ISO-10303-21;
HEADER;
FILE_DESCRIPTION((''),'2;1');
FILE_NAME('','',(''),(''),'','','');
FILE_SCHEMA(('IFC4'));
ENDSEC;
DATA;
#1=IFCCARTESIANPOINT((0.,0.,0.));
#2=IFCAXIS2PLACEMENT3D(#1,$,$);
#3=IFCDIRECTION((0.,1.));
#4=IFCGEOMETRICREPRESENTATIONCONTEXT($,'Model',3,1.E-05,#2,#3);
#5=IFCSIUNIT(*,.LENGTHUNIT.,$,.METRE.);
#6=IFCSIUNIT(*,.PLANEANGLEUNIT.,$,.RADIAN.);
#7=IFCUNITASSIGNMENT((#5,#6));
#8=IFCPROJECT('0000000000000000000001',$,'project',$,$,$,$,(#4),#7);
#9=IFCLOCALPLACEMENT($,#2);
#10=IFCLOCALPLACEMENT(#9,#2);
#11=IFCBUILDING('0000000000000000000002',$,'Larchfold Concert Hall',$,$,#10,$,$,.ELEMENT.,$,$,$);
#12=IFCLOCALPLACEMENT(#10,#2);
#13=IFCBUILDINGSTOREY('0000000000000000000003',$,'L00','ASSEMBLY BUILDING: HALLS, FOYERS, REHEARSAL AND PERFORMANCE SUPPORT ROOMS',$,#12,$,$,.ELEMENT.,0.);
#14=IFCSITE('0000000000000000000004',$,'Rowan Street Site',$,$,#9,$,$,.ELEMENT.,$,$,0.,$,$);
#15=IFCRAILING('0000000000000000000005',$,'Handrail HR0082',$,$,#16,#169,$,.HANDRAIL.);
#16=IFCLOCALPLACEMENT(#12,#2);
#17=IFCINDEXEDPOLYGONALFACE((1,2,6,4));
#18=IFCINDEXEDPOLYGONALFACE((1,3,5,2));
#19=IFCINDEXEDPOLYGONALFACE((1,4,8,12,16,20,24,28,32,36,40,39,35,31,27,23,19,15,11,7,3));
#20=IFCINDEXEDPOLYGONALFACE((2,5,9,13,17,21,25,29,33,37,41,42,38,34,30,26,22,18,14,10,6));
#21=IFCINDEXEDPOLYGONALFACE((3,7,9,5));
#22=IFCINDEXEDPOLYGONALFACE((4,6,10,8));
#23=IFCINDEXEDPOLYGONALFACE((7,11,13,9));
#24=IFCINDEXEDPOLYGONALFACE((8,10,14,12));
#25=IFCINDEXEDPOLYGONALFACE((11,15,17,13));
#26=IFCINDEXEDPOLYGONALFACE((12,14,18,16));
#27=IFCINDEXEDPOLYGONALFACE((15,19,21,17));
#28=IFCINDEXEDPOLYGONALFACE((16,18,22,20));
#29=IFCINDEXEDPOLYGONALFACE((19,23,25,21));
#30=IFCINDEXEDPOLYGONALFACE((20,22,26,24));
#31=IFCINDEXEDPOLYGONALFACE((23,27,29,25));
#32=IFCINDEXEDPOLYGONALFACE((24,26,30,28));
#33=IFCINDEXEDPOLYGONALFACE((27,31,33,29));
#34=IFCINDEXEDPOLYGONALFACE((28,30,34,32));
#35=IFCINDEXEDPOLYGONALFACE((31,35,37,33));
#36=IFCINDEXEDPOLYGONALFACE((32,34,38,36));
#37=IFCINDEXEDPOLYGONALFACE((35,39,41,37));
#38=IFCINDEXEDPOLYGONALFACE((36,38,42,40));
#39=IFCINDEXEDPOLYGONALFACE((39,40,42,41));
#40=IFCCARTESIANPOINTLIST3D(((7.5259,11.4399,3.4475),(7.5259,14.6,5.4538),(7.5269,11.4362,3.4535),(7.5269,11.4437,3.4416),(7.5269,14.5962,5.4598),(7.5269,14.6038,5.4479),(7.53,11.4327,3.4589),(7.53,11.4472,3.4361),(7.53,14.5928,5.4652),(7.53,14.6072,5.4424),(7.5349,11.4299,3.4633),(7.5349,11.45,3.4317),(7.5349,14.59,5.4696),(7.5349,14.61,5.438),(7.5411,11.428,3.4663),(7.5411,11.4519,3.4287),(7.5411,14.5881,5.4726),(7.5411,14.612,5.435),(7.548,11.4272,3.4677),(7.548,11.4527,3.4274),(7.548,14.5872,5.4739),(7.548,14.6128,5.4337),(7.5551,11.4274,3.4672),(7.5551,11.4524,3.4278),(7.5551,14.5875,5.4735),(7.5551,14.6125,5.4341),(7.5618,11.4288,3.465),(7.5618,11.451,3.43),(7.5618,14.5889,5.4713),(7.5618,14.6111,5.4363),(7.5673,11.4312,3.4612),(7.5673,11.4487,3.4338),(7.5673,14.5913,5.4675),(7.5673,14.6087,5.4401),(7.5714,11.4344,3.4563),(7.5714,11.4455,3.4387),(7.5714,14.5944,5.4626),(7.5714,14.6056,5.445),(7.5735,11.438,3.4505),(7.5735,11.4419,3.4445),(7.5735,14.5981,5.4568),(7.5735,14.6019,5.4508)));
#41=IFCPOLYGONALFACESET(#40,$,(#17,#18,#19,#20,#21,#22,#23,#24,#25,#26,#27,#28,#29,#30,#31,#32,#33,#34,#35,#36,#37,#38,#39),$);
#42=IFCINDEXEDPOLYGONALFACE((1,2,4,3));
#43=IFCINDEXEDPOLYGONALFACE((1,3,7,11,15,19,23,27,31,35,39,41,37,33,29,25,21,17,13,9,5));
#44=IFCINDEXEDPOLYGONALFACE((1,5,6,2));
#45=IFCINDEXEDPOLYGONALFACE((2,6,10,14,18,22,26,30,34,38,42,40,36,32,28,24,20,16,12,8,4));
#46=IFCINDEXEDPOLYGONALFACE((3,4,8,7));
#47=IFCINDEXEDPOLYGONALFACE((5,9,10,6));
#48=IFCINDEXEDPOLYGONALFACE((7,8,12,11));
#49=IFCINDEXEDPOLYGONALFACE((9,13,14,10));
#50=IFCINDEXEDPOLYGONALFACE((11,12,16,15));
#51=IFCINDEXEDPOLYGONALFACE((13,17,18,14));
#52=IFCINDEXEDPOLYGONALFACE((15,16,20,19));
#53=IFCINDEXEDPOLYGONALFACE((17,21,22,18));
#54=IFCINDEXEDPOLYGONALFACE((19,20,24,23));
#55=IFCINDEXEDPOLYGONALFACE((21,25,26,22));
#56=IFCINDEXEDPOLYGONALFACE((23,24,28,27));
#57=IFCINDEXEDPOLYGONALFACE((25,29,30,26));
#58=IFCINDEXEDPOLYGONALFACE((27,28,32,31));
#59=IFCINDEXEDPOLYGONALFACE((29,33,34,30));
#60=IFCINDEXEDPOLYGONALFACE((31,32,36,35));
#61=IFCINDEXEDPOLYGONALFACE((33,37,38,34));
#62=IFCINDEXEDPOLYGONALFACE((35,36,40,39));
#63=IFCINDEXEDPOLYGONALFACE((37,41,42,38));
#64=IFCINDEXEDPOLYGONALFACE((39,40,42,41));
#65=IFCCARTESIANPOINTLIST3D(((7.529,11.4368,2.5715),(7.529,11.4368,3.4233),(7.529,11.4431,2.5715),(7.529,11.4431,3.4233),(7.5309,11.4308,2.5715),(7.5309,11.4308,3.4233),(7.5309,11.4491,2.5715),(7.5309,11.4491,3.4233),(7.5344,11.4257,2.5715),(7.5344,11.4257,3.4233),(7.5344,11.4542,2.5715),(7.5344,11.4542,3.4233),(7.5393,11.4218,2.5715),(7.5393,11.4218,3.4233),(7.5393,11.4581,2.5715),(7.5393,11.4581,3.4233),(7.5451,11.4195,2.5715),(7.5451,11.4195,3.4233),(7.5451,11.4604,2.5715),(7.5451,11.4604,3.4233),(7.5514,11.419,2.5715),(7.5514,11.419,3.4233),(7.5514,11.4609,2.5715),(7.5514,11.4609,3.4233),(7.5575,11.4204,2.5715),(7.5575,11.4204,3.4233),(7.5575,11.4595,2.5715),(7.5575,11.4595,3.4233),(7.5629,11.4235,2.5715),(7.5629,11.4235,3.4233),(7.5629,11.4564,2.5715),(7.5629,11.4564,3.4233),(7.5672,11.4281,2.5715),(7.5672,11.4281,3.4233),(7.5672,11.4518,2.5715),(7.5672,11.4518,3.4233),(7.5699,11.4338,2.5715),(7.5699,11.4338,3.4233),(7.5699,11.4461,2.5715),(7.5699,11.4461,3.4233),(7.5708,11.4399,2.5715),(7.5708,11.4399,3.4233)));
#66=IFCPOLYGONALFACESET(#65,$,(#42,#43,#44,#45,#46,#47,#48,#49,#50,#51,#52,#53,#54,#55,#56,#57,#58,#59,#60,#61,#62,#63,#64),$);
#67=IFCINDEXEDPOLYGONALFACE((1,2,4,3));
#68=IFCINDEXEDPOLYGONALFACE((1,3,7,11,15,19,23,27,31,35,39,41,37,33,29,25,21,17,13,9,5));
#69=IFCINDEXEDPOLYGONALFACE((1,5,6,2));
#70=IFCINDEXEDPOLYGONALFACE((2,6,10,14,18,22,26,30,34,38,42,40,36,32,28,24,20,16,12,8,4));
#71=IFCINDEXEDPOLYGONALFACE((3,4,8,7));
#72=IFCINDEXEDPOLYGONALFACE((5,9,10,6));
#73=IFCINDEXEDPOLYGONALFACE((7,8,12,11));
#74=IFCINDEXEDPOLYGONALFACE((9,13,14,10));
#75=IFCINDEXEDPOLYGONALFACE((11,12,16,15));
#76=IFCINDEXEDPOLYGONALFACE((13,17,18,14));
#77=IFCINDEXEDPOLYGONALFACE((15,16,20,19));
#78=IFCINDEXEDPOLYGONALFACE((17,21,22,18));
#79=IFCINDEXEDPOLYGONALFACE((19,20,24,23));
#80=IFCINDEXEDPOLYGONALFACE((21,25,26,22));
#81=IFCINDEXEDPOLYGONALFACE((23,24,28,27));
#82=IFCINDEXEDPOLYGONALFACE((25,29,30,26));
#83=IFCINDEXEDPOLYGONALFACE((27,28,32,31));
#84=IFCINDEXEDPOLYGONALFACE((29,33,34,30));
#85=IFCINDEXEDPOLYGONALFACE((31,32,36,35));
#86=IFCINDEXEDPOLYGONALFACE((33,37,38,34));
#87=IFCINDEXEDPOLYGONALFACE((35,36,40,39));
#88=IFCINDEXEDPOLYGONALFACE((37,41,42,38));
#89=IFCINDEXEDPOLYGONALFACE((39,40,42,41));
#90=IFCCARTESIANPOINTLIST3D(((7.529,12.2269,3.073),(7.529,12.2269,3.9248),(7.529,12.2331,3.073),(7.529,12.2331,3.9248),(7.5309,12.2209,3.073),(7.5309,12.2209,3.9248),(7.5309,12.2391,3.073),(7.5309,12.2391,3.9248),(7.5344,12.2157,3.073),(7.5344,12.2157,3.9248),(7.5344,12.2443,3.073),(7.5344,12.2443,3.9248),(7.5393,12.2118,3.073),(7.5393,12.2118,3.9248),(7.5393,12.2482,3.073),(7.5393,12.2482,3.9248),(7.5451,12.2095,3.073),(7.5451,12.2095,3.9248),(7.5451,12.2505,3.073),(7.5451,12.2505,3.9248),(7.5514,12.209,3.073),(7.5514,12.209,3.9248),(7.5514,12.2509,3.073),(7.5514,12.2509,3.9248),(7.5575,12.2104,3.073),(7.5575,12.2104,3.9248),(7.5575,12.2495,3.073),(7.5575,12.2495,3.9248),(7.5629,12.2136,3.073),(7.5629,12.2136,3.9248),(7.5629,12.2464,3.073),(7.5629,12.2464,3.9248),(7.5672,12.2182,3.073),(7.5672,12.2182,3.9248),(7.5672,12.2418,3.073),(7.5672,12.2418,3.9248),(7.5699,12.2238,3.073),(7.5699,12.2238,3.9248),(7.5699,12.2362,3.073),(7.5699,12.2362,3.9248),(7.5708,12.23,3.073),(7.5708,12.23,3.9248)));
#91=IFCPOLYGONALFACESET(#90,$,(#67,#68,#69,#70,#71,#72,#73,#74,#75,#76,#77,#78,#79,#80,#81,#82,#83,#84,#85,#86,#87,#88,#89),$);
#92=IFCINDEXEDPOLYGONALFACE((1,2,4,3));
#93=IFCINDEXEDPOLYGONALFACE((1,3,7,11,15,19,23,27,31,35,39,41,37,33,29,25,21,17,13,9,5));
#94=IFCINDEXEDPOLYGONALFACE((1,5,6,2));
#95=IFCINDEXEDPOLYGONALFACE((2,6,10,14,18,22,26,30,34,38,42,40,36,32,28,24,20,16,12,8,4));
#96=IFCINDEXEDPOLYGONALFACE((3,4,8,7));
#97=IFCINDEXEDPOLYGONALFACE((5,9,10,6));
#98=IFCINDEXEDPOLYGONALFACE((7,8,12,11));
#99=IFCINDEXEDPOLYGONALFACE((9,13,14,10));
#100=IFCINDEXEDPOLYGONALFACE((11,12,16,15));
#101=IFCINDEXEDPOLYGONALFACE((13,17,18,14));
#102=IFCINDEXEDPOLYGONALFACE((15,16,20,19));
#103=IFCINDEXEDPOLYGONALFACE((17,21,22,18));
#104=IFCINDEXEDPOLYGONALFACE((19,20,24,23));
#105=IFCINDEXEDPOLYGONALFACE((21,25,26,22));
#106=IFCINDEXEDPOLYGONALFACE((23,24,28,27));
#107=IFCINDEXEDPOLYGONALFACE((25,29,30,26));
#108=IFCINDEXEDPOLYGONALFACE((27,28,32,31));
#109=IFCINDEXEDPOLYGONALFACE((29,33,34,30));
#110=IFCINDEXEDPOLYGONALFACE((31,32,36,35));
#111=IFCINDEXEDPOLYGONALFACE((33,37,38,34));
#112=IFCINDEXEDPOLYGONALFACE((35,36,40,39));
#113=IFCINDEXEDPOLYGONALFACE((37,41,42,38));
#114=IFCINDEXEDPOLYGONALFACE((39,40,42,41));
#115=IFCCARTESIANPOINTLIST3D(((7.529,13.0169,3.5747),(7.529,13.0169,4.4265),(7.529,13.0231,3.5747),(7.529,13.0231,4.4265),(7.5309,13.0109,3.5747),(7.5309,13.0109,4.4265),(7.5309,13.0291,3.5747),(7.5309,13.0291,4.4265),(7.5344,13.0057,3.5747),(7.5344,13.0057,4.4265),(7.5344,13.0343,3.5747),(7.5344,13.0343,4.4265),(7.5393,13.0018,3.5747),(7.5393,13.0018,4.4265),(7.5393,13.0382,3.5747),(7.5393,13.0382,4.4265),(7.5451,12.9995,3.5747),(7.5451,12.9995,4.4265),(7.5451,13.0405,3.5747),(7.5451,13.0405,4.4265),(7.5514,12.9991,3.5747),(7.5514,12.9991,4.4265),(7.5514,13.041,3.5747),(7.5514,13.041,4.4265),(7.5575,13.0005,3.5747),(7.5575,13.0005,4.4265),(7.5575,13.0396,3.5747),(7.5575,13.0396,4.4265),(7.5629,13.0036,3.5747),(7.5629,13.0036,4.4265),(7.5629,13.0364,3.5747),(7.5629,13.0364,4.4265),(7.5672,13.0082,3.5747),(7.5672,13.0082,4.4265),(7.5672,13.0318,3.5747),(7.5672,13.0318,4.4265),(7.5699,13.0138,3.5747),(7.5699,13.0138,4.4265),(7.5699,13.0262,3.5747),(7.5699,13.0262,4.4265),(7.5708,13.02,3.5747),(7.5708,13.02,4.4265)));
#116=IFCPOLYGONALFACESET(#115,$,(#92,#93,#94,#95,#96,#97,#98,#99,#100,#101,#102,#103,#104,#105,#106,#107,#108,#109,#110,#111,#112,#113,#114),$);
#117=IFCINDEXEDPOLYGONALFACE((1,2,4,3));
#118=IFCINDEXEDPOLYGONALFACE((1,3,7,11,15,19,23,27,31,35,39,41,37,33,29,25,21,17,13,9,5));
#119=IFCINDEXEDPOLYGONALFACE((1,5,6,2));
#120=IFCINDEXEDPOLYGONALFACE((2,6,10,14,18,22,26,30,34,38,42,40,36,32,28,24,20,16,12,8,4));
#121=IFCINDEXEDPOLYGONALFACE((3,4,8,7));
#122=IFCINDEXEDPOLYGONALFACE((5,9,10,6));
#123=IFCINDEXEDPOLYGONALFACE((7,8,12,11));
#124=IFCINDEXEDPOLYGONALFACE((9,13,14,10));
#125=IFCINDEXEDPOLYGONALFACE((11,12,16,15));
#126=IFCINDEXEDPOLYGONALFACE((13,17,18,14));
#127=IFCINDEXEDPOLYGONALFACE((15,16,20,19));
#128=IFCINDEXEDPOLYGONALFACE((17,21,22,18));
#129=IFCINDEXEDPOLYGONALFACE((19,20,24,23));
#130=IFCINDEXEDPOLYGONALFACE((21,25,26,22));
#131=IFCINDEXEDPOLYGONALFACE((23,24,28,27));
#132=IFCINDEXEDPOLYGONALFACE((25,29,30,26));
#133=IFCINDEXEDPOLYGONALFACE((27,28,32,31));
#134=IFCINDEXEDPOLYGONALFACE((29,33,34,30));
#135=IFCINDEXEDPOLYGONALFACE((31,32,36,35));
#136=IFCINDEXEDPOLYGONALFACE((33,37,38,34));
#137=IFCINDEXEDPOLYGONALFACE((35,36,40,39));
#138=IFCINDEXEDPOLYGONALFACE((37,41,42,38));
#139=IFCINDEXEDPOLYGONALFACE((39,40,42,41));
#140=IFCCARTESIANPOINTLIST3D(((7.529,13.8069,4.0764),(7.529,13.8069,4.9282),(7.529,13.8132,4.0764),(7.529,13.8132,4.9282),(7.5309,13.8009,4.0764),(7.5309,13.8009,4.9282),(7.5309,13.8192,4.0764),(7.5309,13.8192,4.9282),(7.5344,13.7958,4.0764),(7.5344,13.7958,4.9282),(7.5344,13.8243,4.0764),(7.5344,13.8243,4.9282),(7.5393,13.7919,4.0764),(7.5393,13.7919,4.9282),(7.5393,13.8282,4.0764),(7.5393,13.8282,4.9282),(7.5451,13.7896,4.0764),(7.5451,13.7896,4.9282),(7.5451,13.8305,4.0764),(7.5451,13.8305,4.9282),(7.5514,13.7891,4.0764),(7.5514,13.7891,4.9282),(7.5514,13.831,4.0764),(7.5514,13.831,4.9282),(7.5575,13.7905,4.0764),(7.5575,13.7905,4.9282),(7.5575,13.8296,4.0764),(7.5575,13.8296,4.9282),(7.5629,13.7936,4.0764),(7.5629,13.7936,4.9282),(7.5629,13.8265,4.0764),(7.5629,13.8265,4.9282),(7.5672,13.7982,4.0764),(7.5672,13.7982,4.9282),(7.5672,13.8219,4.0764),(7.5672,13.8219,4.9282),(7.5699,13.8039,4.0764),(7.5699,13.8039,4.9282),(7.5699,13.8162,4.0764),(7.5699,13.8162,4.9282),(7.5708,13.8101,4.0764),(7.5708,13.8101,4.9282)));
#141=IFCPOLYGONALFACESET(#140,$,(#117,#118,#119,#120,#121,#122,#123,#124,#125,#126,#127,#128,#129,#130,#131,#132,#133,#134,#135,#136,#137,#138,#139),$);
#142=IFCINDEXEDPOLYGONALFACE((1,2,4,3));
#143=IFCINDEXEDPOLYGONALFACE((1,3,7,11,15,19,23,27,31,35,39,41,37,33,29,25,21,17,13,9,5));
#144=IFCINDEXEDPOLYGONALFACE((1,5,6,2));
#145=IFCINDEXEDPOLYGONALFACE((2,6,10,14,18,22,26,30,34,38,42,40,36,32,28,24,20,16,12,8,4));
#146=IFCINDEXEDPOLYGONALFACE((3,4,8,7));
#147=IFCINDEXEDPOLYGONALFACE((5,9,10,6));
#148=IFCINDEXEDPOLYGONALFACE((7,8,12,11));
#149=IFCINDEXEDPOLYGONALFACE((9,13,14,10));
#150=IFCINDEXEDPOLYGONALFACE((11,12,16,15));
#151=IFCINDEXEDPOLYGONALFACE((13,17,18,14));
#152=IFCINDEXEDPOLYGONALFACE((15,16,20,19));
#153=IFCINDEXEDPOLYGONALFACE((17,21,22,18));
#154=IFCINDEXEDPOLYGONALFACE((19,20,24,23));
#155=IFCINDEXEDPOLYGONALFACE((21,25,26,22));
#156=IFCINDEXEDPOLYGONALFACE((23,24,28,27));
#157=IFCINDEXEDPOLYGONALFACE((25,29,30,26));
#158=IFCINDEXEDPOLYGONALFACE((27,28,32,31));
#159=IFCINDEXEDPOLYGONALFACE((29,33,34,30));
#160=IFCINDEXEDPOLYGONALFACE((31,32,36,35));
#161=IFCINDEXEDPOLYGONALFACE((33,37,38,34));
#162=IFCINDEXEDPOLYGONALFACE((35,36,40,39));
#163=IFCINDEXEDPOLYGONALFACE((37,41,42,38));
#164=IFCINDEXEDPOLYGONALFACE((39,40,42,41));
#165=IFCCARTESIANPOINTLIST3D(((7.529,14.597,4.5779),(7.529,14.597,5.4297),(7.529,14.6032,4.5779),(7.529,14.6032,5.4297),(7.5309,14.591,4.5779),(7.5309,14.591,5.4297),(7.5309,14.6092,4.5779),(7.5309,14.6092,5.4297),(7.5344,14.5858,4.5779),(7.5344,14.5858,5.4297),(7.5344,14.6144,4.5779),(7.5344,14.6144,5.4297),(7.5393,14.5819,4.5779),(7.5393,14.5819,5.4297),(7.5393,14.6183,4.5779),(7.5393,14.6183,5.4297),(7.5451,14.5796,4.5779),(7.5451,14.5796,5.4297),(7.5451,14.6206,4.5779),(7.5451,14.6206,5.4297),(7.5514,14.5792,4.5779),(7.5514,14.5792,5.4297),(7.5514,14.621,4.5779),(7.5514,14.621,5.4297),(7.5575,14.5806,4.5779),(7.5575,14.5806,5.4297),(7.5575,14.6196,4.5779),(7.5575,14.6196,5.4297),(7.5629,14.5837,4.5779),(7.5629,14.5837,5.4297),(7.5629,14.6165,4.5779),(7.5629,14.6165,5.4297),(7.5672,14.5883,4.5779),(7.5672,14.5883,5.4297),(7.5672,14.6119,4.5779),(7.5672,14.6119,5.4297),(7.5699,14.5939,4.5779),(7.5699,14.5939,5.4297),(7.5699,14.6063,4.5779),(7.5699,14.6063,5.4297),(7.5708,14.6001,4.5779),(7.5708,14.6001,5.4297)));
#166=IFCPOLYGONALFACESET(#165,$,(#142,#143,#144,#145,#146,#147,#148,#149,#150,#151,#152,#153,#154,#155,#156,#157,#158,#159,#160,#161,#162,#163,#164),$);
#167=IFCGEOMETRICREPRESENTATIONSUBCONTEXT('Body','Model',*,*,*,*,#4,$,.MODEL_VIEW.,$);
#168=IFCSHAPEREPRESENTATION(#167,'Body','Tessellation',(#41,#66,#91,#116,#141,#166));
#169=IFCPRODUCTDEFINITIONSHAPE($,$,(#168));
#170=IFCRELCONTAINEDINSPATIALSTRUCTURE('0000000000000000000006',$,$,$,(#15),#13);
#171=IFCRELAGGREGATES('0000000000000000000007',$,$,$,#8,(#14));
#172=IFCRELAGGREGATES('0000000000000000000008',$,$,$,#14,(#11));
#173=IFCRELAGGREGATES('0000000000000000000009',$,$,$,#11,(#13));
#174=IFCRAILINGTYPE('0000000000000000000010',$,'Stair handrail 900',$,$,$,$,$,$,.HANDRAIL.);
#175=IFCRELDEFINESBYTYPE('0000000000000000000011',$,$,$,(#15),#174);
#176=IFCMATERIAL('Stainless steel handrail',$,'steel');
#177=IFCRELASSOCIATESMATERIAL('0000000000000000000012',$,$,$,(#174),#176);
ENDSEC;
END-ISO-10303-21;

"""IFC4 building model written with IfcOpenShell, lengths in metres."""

from ifc_helpers import new_model, si_unit, direction, frame, origin, origin_2d, place, context, subcontext, project, spatial, circle, extrude, material, type_object, element, save


model = new_model("IFC4")

# Units and contexts
model_context = context("Model", 3, precision=1e-05, world=origin(), true_north=direction((0.0, 1.0)))
body_context = subcontext(model_context, "Body", "Model", "MODEL_VIEW")
ifc_project = project(units=[si_unit("LENGTHUNIT", "METRE"), si_unit("PLANEANGLEUNIT", "RADIAN")], contexts=[model_context])

# Site, building, storey
site_placement = place(None, origin())
site = spatial("IfcSite", under=ifc_project, at=site_placement, Name="Rowan Street Site", CompositionType="ELEMENT", RefElevation=0.0)
building_placement = place(site_placement, origin())
building = spatial("IfcBuilding", under=site, at=building_placement, Name="Larchfold Concert Hall", CompositionType="ELEMENT")
storey_placement = place(building_placement, origin())
storey = spatial("IfcBuildingStorey", under=building, at=storey_placement, Name="L00", Description="ASSEMBLY BUILDING: HALLS, FOYERS, REHEARSAL AND PERFORMANCE SUPPORT ROOMS", CompositionType="ELEMENT", Elevation=0.0)

# Railing
ifc_material_1 = material(Name="Stainless steel handrail", Category="steel")
railing_type_1 = type_object("IfcRailingType", Name="Stair handrail 900", PredefinedType="HANDRAIL", material=ifc_material_1)
railing_1_placement = place(storey_placement, frame((7.5498, 11.4399, 2.5715)))
element("IfcRailing", 1, at=railing_1_placement, inside=storey, type_object=railing_type_1, Name="Handrail HR0082", PredefinedType="HANDRAIL", context=body_context, shape_type="SweptSolid", body=[
    extrude(circle(Radius=0.0239, at=origin_2d()), frame((0.0, 0.0, 0.876), z_axis=(0.0, 0.844225, 0.535989), x_axis=(-1.0, 0.0, 0.0)), (0.0, 0.0, 1.0), 3.7432),
    extrude(circle(Radius=0.021, at=origin_2d()), origin(), (0.0, 0.0, 1.0), 0.8518),
    extrude(circle(Radius=0.021, at=origin_2d()), frame((0.0, 0.79, 0.5015)), (0.0, 0.0, 1.0), 0.8518),
    extrude(circle(Radius=0.021, at=origin_2d()), frame((0.0, 1.5801, 1.0032)), (0.0, 0.0, 1.0), 0.8518),
    extrude(circle(Radius=0.021, at=origin_2d()), frame((0.0, 2.3701, 1.5049)), (0.0, 0.0, 1.0), 0.8518),
    extrude(circle(Radius=0.021, at=origin_2d()), frame((0.0, 3.1602, 2.0063)), (0.0, 0.0, 1.0), 0.8518),
])

save(model, "model.ifc")
